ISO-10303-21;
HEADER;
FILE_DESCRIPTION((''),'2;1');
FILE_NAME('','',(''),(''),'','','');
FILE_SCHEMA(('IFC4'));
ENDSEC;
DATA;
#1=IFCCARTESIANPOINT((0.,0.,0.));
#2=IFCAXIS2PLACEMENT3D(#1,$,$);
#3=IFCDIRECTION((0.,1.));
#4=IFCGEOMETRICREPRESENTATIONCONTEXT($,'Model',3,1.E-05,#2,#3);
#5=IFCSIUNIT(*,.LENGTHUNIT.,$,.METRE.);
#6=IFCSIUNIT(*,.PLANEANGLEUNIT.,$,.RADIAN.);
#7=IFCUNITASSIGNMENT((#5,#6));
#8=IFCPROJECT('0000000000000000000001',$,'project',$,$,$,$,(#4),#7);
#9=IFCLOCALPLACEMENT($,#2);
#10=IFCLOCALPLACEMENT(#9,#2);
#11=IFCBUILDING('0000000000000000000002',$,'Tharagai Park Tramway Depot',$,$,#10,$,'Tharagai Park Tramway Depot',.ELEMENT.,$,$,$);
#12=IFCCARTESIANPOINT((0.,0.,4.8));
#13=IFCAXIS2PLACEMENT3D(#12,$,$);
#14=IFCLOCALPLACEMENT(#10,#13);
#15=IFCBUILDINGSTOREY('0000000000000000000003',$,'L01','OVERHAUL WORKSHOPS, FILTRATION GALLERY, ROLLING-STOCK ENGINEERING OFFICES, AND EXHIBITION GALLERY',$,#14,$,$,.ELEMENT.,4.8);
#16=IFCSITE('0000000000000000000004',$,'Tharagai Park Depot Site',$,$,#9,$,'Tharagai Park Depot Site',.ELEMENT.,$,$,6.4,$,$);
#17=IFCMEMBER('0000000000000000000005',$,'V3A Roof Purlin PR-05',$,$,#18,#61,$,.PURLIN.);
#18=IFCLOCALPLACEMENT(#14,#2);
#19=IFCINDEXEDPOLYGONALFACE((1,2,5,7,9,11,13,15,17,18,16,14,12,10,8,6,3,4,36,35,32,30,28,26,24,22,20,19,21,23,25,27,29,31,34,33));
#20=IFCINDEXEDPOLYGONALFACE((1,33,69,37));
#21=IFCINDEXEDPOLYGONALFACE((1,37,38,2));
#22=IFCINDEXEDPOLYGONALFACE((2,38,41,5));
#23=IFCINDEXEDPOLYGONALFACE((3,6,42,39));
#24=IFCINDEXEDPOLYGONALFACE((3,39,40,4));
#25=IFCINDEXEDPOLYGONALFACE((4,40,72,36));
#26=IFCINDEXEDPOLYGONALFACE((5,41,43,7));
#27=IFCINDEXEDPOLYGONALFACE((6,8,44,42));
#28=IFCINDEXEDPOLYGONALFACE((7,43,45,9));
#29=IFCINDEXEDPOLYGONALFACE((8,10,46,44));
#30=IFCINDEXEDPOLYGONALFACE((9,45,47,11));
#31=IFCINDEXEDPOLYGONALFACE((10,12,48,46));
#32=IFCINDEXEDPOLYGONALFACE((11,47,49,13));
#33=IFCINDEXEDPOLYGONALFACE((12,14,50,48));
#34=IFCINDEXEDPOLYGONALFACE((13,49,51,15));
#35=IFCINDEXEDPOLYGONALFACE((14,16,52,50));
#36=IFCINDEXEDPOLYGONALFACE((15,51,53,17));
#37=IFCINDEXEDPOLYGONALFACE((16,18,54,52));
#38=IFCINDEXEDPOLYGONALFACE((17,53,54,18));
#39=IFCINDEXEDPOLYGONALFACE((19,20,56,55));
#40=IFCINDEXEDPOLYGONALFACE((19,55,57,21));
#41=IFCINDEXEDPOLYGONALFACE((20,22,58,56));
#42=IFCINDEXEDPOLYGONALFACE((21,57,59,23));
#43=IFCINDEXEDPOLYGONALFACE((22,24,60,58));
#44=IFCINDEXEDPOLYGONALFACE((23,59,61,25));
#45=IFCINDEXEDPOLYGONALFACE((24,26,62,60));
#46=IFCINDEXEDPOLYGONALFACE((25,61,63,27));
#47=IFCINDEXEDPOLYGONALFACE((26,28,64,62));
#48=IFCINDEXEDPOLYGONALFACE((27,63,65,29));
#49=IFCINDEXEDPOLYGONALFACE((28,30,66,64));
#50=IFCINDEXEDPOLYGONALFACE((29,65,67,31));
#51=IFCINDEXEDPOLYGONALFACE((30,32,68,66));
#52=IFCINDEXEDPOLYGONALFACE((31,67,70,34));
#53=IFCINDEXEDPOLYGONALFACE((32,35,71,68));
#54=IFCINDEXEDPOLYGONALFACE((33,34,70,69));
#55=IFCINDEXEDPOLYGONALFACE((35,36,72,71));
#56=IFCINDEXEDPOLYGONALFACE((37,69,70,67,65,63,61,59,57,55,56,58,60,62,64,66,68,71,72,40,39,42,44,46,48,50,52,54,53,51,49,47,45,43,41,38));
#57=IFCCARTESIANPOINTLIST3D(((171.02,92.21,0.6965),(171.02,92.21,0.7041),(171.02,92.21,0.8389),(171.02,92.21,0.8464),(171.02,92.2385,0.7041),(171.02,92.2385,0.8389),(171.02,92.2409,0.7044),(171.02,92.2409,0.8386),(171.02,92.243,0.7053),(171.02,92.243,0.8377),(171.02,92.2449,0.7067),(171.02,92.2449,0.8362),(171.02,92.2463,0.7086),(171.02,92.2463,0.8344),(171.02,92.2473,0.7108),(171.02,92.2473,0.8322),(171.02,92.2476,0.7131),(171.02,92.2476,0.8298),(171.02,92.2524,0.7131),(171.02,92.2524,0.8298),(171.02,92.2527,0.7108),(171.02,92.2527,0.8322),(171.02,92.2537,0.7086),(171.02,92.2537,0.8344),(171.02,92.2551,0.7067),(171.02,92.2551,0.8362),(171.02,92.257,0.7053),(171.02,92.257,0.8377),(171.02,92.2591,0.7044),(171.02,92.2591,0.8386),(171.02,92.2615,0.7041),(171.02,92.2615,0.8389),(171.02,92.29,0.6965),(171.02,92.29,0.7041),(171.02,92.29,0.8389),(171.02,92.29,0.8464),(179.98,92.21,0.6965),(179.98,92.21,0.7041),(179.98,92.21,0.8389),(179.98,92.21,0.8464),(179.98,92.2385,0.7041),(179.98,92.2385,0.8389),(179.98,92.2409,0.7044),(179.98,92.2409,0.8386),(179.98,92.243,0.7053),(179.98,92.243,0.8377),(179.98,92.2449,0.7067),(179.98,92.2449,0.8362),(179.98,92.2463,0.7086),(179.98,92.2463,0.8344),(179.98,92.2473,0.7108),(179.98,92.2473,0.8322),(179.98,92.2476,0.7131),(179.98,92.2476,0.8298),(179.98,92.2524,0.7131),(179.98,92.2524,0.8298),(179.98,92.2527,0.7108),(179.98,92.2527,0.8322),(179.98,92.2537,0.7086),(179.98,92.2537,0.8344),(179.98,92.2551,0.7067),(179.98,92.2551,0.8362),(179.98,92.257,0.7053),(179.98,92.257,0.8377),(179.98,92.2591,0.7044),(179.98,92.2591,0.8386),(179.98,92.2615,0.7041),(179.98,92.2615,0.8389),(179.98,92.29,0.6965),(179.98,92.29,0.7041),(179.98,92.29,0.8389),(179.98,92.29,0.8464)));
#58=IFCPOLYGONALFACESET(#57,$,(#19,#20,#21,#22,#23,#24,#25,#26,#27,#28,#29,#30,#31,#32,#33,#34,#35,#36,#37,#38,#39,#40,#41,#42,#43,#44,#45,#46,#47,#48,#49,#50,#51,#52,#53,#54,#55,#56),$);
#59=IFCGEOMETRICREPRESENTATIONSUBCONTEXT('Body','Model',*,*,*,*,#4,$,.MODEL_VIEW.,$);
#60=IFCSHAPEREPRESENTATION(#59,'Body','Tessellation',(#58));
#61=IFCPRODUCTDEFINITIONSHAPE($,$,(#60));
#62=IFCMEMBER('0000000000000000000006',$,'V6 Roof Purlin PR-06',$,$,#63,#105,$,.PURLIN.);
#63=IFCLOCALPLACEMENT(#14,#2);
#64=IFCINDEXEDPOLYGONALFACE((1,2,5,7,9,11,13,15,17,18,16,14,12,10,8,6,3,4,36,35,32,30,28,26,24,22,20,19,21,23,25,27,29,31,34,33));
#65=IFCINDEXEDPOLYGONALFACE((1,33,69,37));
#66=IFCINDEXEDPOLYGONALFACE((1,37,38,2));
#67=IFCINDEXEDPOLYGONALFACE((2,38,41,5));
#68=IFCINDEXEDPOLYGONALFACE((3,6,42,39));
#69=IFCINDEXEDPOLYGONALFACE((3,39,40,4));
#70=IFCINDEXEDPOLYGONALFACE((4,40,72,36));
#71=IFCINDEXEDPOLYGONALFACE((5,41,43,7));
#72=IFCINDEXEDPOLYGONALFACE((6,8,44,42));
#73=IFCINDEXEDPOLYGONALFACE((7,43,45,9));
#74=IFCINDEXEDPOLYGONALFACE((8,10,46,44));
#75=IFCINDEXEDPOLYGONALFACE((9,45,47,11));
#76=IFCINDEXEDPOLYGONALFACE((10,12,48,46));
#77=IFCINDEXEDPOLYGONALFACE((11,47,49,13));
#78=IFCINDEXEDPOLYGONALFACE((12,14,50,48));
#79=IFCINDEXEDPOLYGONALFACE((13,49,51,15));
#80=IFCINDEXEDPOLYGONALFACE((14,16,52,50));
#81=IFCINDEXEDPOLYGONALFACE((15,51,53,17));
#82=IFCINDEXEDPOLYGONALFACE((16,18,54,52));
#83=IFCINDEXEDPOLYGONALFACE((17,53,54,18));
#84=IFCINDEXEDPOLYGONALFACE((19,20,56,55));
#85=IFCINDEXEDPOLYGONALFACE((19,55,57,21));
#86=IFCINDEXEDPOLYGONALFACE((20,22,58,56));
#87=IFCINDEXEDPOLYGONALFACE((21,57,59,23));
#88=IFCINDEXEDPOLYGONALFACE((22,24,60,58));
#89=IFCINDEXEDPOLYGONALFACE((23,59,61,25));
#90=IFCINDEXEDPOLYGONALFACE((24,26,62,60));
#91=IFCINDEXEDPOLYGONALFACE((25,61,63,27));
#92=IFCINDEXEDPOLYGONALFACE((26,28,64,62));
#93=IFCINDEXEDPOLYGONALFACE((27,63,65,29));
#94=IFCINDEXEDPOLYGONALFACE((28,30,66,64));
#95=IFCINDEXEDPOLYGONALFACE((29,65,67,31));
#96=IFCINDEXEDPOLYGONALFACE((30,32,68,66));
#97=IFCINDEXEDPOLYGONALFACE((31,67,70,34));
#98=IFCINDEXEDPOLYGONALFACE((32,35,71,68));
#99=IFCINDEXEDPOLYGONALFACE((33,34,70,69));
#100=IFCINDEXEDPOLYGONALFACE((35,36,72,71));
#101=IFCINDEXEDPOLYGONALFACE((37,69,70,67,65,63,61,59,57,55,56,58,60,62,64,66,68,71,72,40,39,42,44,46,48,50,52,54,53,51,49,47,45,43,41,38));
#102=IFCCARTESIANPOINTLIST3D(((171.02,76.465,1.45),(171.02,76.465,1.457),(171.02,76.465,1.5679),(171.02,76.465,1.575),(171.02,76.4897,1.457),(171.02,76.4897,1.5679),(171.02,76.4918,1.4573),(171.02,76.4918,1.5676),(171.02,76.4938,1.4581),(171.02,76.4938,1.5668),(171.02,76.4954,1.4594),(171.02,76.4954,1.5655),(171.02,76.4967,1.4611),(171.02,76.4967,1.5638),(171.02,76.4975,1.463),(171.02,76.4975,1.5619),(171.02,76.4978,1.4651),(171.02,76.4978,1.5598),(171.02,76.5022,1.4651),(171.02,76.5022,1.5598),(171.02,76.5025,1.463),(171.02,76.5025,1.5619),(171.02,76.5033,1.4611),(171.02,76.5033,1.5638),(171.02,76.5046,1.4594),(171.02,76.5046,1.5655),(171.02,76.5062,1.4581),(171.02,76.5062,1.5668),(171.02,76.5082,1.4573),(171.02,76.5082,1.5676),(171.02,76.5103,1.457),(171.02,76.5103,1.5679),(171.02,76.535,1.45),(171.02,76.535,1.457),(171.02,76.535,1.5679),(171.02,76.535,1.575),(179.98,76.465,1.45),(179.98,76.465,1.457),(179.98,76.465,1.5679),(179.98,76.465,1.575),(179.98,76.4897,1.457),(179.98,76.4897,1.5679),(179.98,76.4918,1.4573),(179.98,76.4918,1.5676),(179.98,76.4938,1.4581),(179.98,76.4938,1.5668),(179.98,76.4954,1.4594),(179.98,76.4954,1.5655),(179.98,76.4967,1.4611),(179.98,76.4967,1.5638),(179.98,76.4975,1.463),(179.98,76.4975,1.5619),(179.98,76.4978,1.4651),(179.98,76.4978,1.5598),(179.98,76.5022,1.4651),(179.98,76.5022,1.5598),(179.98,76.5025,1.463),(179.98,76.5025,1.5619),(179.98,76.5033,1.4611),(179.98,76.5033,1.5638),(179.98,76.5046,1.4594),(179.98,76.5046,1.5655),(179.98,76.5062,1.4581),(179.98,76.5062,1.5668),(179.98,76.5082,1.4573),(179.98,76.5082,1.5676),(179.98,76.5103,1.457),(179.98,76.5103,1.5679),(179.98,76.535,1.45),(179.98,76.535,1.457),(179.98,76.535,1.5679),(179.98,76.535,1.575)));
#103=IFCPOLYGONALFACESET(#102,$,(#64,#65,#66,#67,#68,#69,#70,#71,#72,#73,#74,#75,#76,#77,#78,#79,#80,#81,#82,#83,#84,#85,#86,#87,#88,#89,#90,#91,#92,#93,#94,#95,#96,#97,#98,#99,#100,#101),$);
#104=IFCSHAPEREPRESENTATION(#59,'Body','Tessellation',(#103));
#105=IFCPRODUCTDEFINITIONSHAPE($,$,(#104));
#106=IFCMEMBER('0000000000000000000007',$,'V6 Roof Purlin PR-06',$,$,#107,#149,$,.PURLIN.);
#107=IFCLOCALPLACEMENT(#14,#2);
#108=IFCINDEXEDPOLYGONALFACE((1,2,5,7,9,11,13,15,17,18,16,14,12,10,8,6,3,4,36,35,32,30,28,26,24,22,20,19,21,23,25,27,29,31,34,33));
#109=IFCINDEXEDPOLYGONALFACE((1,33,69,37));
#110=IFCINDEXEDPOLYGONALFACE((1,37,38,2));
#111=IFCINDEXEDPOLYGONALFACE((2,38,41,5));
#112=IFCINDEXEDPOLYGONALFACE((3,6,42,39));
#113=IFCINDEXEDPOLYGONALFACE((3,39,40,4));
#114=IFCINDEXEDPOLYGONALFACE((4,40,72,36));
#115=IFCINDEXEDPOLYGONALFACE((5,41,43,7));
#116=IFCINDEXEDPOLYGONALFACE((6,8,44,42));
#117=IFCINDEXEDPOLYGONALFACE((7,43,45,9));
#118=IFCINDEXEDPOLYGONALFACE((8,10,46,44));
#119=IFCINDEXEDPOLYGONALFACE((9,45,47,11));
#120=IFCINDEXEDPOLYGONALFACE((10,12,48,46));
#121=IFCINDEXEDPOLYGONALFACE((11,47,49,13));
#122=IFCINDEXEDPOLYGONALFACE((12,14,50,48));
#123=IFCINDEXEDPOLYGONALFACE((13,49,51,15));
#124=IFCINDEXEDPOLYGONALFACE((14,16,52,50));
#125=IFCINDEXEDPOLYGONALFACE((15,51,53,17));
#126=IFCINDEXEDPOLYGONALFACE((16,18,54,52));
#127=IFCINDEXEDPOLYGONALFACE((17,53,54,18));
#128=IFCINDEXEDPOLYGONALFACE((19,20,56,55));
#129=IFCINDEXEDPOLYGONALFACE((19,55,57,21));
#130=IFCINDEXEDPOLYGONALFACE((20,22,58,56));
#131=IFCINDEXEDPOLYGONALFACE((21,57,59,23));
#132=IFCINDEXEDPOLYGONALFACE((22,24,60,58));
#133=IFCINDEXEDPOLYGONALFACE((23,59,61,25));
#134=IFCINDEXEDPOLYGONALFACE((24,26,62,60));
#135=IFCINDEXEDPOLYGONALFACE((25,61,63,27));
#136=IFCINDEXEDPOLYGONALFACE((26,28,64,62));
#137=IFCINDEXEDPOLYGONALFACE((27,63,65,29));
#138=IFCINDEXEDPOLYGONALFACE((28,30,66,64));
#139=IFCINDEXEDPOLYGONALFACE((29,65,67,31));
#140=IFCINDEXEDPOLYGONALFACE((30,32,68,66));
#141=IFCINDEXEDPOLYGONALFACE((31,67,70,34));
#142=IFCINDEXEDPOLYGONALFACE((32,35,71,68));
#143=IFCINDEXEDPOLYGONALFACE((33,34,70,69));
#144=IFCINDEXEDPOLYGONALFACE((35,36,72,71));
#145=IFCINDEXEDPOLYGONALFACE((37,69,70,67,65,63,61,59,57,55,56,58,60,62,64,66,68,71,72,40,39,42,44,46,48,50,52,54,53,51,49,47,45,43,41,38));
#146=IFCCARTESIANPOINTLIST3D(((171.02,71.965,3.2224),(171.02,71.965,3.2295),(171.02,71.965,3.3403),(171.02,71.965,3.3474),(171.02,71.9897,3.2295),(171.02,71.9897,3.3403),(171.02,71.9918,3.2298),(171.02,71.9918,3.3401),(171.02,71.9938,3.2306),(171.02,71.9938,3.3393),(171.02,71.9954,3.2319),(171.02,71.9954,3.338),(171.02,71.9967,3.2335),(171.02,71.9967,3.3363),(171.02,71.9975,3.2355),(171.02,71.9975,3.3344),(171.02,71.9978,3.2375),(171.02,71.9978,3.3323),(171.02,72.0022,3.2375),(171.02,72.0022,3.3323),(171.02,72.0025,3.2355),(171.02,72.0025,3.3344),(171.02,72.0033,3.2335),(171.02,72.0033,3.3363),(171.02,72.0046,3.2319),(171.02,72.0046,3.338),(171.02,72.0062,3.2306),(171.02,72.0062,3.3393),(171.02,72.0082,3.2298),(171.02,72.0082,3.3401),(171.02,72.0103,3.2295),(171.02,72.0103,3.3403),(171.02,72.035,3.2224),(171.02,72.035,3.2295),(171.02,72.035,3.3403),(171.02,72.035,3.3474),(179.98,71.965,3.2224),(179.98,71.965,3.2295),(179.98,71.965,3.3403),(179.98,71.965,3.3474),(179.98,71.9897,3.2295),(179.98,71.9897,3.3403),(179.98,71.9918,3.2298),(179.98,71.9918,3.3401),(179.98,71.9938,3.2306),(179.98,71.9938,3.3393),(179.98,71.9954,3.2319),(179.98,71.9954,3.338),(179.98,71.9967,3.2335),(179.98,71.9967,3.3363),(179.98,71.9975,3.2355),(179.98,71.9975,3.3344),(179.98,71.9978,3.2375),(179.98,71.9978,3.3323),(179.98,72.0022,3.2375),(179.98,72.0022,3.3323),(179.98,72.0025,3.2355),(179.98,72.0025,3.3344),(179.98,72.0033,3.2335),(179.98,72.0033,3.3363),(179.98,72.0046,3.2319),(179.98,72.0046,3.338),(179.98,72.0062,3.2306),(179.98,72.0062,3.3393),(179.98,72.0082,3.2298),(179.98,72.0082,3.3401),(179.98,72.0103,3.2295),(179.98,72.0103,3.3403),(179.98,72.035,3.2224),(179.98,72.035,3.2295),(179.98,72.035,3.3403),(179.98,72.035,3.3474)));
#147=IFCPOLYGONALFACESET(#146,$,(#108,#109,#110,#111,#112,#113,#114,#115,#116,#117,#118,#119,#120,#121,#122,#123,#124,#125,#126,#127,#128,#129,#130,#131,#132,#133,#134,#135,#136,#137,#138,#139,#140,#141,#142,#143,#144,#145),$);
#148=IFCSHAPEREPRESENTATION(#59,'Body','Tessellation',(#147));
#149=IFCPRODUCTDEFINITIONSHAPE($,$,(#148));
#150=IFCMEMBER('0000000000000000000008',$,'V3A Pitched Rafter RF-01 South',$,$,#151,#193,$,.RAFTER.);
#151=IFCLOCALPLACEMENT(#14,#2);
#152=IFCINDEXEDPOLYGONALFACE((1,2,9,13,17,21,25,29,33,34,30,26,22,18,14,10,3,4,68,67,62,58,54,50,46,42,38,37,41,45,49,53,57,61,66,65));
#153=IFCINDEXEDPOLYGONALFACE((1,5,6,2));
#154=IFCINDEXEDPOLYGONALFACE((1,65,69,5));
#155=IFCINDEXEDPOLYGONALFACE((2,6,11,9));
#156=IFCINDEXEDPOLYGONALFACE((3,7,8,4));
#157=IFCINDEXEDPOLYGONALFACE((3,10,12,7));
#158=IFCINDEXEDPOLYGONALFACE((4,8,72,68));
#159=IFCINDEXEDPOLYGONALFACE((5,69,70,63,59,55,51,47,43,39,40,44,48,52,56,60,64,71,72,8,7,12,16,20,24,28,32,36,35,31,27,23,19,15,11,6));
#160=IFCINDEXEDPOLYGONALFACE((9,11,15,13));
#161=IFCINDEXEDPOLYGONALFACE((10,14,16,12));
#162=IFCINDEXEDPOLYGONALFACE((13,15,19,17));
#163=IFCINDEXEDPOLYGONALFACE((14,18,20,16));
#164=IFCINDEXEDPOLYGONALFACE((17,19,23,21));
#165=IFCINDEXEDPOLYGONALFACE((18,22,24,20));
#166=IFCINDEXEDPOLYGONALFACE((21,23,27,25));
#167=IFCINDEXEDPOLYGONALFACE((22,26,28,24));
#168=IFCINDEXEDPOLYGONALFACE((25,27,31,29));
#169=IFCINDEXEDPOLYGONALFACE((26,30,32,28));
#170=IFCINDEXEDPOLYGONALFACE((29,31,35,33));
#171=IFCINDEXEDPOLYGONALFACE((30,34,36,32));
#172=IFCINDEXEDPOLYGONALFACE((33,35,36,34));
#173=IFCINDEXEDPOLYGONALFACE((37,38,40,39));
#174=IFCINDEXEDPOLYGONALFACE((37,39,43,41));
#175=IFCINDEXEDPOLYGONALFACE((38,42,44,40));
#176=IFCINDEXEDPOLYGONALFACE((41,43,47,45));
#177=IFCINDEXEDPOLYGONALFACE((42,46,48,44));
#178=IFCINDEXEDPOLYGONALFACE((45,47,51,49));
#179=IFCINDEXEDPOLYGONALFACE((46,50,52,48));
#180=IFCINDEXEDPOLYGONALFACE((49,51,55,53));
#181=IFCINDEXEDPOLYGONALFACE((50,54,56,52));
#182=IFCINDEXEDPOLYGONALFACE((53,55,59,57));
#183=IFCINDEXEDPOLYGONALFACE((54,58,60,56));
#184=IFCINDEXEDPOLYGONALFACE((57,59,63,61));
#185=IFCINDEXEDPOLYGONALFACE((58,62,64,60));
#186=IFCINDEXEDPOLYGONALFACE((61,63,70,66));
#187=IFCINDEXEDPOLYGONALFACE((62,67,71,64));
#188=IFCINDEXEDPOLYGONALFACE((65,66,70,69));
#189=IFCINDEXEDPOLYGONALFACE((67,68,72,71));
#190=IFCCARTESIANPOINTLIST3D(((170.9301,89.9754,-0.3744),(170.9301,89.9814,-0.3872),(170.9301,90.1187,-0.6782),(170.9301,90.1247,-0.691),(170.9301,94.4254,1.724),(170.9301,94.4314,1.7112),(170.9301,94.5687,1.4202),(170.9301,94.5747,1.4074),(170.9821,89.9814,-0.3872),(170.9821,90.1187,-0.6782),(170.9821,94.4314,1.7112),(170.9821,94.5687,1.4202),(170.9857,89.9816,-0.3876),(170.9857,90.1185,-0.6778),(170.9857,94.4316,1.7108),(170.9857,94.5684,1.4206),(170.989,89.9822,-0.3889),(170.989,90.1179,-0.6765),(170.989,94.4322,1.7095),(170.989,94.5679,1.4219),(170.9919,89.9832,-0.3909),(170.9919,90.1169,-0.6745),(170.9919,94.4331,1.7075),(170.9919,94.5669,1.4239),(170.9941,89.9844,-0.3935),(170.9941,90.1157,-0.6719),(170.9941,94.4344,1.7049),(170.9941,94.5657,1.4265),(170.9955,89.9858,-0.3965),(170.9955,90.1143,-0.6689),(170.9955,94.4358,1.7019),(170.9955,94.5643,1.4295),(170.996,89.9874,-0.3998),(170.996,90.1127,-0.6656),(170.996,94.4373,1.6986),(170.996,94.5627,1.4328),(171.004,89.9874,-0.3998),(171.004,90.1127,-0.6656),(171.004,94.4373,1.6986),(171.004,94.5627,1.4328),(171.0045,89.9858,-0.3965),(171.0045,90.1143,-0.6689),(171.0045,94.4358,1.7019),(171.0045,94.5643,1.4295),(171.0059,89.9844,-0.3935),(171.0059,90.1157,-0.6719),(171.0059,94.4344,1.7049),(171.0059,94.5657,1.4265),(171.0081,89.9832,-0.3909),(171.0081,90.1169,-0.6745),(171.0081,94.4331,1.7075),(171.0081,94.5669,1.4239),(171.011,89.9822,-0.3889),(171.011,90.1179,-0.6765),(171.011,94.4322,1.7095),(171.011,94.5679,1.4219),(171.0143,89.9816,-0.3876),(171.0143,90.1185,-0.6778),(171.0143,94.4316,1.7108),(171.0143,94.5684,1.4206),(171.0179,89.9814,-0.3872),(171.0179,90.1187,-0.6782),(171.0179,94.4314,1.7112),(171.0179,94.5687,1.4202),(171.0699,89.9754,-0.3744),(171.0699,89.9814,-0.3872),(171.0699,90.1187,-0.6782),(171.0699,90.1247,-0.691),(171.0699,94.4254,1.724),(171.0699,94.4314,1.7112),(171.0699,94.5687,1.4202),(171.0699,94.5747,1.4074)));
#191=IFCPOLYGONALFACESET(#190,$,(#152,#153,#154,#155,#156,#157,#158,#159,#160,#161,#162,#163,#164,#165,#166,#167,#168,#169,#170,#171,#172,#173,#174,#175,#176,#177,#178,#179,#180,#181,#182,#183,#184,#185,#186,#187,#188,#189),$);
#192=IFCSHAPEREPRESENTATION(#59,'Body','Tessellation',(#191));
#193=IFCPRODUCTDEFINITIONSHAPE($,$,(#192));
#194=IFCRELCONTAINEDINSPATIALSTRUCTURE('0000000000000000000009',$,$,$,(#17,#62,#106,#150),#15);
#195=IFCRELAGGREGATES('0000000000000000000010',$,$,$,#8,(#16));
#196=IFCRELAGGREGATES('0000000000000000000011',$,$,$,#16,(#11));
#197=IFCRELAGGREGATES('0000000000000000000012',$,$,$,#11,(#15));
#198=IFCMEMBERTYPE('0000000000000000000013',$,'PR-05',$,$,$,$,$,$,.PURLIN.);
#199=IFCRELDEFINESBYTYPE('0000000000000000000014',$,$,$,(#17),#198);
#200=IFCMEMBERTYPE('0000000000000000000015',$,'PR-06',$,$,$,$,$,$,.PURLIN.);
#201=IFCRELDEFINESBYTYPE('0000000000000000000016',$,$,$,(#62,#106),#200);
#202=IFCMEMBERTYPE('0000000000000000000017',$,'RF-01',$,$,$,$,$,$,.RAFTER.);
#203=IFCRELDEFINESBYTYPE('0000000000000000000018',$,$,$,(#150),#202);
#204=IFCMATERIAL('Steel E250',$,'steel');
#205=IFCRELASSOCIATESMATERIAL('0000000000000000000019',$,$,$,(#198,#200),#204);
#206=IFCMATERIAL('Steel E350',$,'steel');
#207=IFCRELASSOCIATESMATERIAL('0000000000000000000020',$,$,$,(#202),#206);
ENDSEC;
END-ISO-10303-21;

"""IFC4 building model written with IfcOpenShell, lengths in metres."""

from ifc_helpers import new_model, si_unit, direction, frame, origin, origin_2d, place, context, subcontext, project, spatial, i_section, extrude, material, material_profile, profile_set, type_object, element, save


model = new_model("IFC4")

# Units and contexts
model_context = context("Model", 3, precision=1e-05, world=origin(), true_north=direction((0.0, 1.0)))
body_context = subcontext(model_context, "Body", "Model", "MODEL_VIEW")
ifc_project = project(units=[si_unit("LENGTHUNIT", "METRE"), si_unit("PLANEANGLEUNIT", "RADIAN")], contexts=[model_context])

# Site, building, storey
site_placement = place(None, origin())
site = spatial("IfcSite", under=ifc_project, at=site_placement, Name="Tharagai Park Depot Site", LongName="Tharagai Park Depot Site", CompositionType="ELEMENT", RefElevation=6.4)
building_placement = place(site_placement, origin())
building = spatial("IfcBuilding", under=site, at=building_placement, Name="Tharagai Park Tramway Depot", LongName="Tharagai Park Tramway Depot", CompositionType="ELEMENT")
storey_placement = place(building_placement, frame((0.0, 0.0, 4.8)))
storey = spatial("IfcBuildingStorey", under=building, at=storey_placement, Name="L01", Description="OVERHAUL WORKSHOPS, FILTRATION GALLERY, ROLLING-STOCK ENGINEERING OFFICES, AND EXHIBITION GALLERY", CompositionType="ELEMENT", Elevation=4.8)

# Shared definitions
ifc_material_1 = material(Name="Steel E350", Category="steel")

# Members
ifc_material_2 = material(Name="Steel E250", Category="steel")
ifc_material_profile_1 = material_profile(ifc_material_2, i_section(OverallWidth=0.0801, OverallDepth=0.1499, WebThickness=0.0049, FlangeThickness=0.0076, FilletRadius=0.009, at=origin_2d()), Name="ISMB 150")
ifc_profile_set_1 = profile_set([ifc_material_profile_1], Name="Steel E250")
member_type_1 = type_object("IfcMemberType", Name="PR-05", PredefinedType="PURLIN", material=ifc_profile_set_1)
for number, where, z_axis, x_axis, name in (
    (1, (171.02, 92.25, 0.7715), (1.0, 0.0, 0.0), (0.0, 1.0, 0.0), "V3A Roof Purlin PR-05"),
):
    element("IfcMember", number, at=place(storey_placement, frame(where, z_axis=z_axis, x_axis=x_axis)), inside=storey, type_object=member_type_1, Name=name, PredefinedType="PURLIN", context=body_context, shape_type="SweptSolid", body=[
        extrude(i_section(OverallWidth=0.0801, OverallDepth=0.1499, WebThickness=0.0049, FlangeThickness=0.0076, FilletRadius=0.009, at=origin_2d()), origin(), (0.0, 0.0, 1.0), 8.96),
    ])
ifc_material_profile_2 = material_profile(ifc_material_2, i_section(OverallWidth=0.0701, OverallDepth=0.125, WebThickness=0.0044, FlangeThickness=0.0071, FilletRadius=0.0081, at=origin_2d()), Name="ISMB 125")
ifc_profile_set_2 = profile_set([ifc_material_profile_2], Name="Steel E250")
member_type_2 = type_object("IfcMemberType", Name="PR-06", PredefinedType="PURLIN", material=ifc_profile_set_2)
for number, where, z_axis, x_axis, name in (
    (2, (171.02, 76.5, 1.5125), (1.0, 0.0, 0.0), (0.0, 1.0, 0.0), "V6 Roof Purlin PR-06"),
    (3, (171.02, 72.0, 3.2849), (1.0, 0.0, 0.0), (0.0, 1.0, 0.0), "V6 Roof Purlin PR-06"),
):
    element("IfcMember", number, at=place(storey_placement, frame(where, z_axis=z_axis, x_axis=x_axis)), inside=storey, type_object=member_type_2, Name=name, PredefinedType="PURLIN", context=body_context, shape_type="SweptSolid", body=[
        extrude(i_section(OverallWidth=0.0701, OverallDepth=0.125, WebThickness=0.0044, FlangeThickness=0.0071, FilletRadius=0.0081, at=origin_2d()), origin(), (0.0, 0.0, 1.0), 8.96),
    ])
ifc_material_profile_3 = material_profile(ifc_material_1, i_section(OverallWidth=0.1399, OverallDepth=0.3501, WebThickness=0.0081, FlangeThickness=0.0142, FilletRadius=0.0139, at=origin_2d()), Name="ISMB 350")
ifc_profile_set_3 = profile_set([ifc_material_profile_3], Name="Steel E350")
member_type_3 = type_object("IfcMemberType", Name="RF-01", PredefinedType="RAFTER", material=ifc_profile_set_3)
member_1_placement = place(storey_placement, frame((171.0, 90.05, -0.5327), z_axis=(0.0, 0.904482, 0.426511), x_axis=(-1.0, 0.0, 0.0)))
element("IfcMember", 4, at=member_1_placement, inside=storey, type_object=member_type_3, Name="V3A Pitched Rafter RF-01 South", PredefinedType="RAFTER", context=body_context, shape_type="SweptSolid", body=[
    extrude(i_section(OverallWidth=0.1399, OverallDepth=0.3501, WebThickness=0.0081, FlangeThickness=0.0142, FilletRadius=0.0139, at=origin_2d()), origin(), (0.0, 0.0, 1.0), 4.9199),
])

save(model, "model.ifc")
